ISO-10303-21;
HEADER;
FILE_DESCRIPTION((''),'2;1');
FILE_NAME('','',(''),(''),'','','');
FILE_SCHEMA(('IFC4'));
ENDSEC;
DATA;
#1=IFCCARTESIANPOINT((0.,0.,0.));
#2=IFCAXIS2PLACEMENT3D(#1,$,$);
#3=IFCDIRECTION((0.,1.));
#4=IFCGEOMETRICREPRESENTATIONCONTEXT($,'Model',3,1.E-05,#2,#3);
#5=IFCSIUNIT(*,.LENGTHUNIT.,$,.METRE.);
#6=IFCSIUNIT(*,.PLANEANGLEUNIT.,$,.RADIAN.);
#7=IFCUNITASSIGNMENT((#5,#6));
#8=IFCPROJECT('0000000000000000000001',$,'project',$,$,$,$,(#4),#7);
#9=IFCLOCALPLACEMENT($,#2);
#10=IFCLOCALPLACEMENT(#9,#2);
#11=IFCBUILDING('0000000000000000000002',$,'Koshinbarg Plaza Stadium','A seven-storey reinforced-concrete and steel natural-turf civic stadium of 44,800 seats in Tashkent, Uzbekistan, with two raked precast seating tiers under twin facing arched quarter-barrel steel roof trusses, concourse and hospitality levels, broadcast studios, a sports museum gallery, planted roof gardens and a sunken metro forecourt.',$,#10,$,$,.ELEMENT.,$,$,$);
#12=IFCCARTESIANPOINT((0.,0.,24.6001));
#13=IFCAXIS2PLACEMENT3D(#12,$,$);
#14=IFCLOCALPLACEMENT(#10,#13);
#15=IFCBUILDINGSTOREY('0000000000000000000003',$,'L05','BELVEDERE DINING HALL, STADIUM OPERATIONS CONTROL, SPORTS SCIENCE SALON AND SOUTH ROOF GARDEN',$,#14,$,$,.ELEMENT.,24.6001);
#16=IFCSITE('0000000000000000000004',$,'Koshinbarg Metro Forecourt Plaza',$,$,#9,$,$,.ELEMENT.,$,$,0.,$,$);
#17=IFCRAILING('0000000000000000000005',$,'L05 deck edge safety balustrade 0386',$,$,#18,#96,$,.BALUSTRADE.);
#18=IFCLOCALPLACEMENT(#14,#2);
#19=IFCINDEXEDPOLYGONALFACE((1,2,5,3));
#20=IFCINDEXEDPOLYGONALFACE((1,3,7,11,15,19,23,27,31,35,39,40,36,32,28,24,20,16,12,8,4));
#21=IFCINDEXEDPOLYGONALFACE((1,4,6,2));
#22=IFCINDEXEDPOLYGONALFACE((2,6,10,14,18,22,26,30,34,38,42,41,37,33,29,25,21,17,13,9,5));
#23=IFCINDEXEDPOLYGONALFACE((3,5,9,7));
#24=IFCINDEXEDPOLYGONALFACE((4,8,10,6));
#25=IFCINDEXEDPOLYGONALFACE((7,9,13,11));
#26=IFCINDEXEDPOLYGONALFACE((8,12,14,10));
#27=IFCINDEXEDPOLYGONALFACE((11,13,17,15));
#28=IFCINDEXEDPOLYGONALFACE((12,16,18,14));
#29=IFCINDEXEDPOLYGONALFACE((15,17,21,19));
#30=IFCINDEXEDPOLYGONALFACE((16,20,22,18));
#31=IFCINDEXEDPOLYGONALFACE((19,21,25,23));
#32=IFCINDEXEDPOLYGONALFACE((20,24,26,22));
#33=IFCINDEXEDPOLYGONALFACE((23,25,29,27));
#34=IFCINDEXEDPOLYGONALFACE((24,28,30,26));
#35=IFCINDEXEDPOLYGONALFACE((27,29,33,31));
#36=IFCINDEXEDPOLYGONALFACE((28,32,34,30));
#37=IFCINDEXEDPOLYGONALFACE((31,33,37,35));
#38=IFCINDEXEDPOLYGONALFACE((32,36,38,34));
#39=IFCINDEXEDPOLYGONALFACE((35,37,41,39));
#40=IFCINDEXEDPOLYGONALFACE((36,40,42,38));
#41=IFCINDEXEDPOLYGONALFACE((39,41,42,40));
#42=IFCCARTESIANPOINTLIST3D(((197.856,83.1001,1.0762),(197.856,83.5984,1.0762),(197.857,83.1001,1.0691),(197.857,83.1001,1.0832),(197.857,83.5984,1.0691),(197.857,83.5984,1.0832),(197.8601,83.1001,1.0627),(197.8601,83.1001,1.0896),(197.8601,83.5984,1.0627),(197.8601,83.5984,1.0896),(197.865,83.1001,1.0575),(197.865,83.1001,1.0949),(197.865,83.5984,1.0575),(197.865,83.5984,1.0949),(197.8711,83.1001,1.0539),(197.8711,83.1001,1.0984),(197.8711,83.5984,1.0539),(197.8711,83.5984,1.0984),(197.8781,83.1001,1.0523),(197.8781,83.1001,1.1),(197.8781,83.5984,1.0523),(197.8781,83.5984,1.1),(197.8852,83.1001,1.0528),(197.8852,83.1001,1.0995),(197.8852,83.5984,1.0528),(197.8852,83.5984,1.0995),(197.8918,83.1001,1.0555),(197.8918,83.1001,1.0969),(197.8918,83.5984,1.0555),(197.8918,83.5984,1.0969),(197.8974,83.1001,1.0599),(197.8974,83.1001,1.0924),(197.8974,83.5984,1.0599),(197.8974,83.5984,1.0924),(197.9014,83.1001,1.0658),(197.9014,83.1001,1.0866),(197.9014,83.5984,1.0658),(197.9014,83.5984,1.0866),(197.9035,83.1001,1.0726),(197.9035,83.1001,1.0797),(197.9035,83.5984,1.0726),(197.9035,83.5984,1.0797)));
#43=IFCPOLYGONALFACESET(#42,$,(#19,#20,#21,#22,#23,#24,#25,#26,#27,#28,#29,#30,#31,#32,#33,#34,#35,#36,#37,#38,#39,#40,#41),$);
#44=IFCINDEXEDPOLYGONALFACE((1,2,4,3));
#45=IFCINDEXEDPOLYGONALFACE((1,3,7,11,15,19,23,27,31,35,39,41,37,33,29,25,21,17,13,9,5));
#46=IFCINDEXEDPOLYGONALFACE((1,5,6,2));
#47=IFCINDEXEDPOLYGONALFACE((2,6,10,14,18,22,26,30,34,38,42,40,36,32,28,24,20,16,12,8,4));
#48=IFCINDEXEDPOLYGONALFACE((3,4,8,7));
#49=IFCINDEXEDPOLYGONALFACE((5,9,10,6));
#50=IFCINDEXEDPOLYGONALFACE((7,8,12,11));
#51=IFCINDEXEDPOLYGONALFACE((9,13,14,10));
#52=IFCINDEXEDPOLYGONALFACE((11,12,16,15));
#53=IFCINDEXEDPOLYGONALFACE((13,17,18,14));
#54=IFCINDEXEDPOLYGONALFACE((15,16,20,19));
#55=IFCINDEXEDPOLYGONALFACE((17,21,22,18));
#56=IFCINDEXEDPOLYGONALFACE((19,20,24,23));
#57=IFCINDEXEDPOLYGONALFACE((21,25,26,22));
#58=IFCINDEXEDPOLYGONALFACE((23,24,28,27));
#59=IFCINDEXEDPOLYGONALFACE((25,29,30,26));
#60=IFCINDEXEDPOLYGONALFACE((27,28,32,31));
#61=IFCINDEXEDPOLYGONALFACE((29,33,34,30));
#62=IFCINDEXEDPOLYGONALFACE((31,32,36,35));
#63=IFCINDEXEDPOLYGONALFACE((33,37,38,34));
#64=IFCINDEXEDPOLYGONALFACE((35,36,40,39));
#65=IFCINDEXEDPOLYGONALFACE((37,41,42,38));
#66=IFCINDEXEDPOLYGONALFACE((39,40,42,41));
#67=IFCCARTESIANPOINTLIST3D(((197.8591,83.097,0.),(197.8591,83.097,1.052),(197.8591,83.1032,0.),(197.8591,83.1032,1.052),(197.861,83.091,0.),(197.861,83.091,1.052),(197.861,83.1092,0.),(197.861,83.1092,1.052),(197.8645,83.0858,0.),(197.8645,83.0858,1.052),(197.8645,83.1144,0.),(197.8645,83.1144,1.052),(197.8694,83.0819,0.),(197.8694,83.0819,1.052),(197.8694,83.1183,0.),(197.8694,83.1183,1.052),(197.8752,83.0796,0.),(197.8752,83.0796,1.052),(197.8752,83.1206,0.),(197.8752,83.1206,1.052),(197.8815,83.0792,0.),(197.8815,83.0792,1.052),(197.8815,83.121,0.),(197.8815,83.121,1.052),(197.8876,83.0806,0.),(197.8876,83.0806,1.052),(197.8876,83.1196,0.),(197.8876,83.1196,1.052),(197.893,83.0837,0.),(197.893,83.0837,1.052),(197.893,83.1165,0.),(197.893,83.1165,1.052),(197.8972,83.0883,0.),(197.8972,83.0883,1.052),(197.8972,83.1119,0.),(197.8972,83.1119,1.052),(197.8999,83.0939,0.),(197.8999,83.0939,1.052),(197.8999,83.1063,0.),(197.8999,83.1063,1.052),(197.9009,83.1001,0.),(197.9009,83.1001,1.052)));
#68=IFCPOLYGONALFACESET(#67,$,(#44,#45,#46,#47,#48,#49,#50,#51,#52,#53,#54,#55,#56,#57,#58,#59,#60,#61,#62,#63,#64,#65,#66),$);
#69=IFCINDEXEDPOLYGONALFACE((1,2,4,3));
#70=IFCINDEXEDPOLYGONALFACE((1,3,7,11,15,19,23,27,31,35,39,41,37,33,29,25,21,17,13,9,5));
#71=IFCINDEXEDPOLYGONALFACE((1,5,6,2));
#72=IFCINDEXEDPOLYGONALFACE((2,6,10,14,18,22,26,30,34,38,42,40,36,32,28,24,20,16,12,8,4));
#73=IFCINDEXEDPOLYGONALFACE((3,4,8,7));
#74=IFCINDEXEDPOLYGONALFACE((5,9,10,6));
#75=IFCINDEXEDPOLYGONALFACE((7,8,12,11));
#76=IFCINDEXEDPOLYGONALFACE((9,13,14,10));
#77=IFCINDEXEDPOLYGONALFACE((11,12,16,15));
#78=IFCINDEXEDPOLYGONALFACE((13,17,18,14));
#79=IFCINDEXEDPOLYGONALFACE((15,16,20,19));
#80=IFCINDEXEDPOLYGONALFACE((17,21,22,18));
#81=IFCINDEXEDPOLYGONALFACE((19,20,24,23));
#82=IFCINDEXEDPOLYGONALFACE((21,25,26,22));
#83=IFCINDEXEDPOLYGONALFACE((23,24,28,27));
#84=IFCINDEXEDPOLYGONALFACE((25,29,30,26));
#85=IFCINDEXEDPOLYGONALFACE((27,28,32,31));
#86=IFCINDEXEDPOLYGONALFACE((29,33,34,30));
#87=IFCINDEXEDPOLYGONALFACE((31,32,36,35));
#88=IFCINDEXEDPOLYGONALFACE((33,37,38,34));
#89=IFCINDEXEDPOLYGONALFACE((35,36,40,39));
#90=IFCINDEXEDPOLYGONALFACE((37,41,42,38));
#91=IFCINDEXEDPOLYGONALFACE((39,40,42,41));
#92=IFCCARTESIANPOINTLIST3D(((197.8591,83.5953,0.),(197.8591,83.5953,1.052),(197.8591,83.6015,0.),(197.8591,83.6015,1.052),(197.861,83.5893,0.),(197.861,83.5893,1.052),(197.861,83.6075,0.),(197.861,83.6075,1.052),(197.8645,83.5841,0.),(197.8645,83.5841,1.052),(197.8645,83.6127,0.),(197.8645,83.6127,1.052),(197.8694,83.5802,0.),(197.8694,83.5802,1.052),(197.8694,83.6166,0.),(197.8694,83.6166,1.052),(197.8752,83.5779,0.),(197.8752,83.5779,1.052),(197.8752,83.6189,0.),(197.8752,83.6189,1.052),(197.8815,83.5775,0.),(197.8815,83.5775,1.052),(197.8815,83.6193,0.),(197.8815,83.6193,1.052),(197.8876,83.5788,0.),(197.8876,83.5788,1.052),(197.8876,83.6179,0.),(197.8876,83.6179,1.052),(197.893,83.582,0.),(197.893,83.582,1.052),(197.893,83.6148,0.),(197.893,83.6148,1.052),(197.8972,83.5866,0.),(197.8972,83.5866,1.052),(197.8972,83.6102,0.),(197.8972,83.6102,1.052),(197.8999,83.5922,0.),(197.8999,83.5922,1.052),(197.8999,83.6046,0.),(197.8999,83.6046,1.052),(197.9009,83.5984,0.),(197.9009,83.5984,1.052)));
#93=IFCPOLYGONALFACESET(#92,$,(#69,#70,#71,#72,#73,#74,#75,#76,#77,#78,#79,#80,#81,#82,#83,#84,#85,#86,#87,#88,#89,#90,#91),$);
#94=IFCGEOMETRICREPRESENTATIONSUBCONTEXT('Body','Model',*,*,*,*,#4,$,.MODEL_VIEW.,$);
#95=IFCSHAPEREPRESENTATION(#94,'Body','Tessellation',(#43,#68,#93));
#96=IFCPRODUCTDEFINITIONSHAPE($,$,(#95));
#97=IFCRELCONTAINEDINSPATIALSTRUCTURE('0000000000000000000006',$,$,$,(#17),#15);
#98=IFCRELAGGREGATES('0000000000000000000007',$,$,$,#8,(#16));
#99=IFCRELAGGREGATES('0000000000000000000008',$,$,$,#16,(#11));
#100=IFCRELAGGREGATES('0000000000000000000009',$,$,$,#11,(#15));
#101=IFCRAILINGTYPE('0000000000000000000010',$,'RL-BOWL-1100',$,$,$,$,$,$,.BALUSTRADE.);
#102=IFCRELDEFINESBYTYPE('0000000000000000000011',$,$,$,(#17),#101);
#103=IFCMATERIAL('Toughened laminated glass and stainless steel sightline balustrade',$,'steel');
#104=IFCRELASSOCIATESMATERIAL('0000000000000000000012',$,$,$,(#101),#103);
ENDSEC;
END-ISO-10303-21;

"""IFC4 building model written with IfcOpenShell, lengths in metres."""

from ifc_helpers import new_model, si_unit, direction, frame, origin, origin_2d, place, context, subcontext, project, spatial, circle, extrude, material, type_object, element, save


model = new_model("IFC4")

# Units and contexts
model_context = context("Model", 3, precision=1e-05, world=origin(), true_north=direction((0.0, 1.0)))
body_context = subcontext(model_context, "Body", "Model", "MODEL_VIEW")
ifc_project = project(units=[si_unit("LENGTHUNIT", "METRE"), si_unit("PLANEANGLEUNIT", "RADIAN")], contexts=[model_context])

# Site, building, storey
site_placement = place(None, origin())
site = spatial("IfcSite", under=ifc_project, at=site_placement, Name="Koshinbarg Metro Forecourt Plaza", CompositionType="ELEMENT", RefElevation=0.0)
building_placement = place(site_placement, origin())
building = spatial("IfcBuilding", under=site, at=building_placement, Name="Koshinbarg Plaza Stadium", Description="A seven-storey reinforced-concrete and steel natural-turf civic stadium of 44,800 seats in Tashkent, Uzbekistan, with two raked precast seating tiers under twin facing arched quarter-barrel steel roof trusses, concourse and hospitality levels, broadcast studios, a sports museum gallery, planted roof gardens and a sunken metro forecourt.", CompositionType="ELEMENT")
storey_placement = place(building_placement, frame((0.0, 0.0, 24.6001)))
storey = spatial("IfcBuildingStorey", under=building, at=storey_placement, Name="L05", Description="BELVEDERE DINING HALL, STADIUM OPERATIONS CONTROL, SPORTS SCIENCE SALON AND SOUTH ROOF GARDEN", CompositionType="ELEMENT", Elevation=24.6001)

# Railing
ifc_material_1 = material(Name="Toughened laminated glass and stainless steel sightline balustrade", Category="steel")
railing_type = type_object("IfcRailingType", Name="RL-BOWL-1100", PredefinedType="BALUSTRADE", material=ifc_material_1)
railing_1_placement = place(storey_placement, frame((197.8799, 83.1001, 0.0)))
element("IfcRailing", 1, at=railing_1_placement, inside=storey, type_object=railing_type, Name="L05 deck edge safety balustrade 0386", PredefinedType="BALUSTRADE", context=body_context, shape_type="SweptSolid", body=[
    extrude(circle(Radius=0.0239, at=origin_2d()), frame((0.0, 0.0, 1.0762), z_axis=(0.0, 1.0, 0.0), x_axis=(-1.0, 0.0, 0.0)), (0.0, 0.0, 1.0), 0.4983),
    extrude(circle(Radius=0.021, at=origin_2d()), origin(), (0.0, 0.0, 1.0), 1.052),
    extrude(circle(Radius=0.021, at=origin_2d()), frame((0.0, 0.4983, 0.0)), (0.0, 0.0, 1.0), 1.052),
])

save(model, "model.ifc")
